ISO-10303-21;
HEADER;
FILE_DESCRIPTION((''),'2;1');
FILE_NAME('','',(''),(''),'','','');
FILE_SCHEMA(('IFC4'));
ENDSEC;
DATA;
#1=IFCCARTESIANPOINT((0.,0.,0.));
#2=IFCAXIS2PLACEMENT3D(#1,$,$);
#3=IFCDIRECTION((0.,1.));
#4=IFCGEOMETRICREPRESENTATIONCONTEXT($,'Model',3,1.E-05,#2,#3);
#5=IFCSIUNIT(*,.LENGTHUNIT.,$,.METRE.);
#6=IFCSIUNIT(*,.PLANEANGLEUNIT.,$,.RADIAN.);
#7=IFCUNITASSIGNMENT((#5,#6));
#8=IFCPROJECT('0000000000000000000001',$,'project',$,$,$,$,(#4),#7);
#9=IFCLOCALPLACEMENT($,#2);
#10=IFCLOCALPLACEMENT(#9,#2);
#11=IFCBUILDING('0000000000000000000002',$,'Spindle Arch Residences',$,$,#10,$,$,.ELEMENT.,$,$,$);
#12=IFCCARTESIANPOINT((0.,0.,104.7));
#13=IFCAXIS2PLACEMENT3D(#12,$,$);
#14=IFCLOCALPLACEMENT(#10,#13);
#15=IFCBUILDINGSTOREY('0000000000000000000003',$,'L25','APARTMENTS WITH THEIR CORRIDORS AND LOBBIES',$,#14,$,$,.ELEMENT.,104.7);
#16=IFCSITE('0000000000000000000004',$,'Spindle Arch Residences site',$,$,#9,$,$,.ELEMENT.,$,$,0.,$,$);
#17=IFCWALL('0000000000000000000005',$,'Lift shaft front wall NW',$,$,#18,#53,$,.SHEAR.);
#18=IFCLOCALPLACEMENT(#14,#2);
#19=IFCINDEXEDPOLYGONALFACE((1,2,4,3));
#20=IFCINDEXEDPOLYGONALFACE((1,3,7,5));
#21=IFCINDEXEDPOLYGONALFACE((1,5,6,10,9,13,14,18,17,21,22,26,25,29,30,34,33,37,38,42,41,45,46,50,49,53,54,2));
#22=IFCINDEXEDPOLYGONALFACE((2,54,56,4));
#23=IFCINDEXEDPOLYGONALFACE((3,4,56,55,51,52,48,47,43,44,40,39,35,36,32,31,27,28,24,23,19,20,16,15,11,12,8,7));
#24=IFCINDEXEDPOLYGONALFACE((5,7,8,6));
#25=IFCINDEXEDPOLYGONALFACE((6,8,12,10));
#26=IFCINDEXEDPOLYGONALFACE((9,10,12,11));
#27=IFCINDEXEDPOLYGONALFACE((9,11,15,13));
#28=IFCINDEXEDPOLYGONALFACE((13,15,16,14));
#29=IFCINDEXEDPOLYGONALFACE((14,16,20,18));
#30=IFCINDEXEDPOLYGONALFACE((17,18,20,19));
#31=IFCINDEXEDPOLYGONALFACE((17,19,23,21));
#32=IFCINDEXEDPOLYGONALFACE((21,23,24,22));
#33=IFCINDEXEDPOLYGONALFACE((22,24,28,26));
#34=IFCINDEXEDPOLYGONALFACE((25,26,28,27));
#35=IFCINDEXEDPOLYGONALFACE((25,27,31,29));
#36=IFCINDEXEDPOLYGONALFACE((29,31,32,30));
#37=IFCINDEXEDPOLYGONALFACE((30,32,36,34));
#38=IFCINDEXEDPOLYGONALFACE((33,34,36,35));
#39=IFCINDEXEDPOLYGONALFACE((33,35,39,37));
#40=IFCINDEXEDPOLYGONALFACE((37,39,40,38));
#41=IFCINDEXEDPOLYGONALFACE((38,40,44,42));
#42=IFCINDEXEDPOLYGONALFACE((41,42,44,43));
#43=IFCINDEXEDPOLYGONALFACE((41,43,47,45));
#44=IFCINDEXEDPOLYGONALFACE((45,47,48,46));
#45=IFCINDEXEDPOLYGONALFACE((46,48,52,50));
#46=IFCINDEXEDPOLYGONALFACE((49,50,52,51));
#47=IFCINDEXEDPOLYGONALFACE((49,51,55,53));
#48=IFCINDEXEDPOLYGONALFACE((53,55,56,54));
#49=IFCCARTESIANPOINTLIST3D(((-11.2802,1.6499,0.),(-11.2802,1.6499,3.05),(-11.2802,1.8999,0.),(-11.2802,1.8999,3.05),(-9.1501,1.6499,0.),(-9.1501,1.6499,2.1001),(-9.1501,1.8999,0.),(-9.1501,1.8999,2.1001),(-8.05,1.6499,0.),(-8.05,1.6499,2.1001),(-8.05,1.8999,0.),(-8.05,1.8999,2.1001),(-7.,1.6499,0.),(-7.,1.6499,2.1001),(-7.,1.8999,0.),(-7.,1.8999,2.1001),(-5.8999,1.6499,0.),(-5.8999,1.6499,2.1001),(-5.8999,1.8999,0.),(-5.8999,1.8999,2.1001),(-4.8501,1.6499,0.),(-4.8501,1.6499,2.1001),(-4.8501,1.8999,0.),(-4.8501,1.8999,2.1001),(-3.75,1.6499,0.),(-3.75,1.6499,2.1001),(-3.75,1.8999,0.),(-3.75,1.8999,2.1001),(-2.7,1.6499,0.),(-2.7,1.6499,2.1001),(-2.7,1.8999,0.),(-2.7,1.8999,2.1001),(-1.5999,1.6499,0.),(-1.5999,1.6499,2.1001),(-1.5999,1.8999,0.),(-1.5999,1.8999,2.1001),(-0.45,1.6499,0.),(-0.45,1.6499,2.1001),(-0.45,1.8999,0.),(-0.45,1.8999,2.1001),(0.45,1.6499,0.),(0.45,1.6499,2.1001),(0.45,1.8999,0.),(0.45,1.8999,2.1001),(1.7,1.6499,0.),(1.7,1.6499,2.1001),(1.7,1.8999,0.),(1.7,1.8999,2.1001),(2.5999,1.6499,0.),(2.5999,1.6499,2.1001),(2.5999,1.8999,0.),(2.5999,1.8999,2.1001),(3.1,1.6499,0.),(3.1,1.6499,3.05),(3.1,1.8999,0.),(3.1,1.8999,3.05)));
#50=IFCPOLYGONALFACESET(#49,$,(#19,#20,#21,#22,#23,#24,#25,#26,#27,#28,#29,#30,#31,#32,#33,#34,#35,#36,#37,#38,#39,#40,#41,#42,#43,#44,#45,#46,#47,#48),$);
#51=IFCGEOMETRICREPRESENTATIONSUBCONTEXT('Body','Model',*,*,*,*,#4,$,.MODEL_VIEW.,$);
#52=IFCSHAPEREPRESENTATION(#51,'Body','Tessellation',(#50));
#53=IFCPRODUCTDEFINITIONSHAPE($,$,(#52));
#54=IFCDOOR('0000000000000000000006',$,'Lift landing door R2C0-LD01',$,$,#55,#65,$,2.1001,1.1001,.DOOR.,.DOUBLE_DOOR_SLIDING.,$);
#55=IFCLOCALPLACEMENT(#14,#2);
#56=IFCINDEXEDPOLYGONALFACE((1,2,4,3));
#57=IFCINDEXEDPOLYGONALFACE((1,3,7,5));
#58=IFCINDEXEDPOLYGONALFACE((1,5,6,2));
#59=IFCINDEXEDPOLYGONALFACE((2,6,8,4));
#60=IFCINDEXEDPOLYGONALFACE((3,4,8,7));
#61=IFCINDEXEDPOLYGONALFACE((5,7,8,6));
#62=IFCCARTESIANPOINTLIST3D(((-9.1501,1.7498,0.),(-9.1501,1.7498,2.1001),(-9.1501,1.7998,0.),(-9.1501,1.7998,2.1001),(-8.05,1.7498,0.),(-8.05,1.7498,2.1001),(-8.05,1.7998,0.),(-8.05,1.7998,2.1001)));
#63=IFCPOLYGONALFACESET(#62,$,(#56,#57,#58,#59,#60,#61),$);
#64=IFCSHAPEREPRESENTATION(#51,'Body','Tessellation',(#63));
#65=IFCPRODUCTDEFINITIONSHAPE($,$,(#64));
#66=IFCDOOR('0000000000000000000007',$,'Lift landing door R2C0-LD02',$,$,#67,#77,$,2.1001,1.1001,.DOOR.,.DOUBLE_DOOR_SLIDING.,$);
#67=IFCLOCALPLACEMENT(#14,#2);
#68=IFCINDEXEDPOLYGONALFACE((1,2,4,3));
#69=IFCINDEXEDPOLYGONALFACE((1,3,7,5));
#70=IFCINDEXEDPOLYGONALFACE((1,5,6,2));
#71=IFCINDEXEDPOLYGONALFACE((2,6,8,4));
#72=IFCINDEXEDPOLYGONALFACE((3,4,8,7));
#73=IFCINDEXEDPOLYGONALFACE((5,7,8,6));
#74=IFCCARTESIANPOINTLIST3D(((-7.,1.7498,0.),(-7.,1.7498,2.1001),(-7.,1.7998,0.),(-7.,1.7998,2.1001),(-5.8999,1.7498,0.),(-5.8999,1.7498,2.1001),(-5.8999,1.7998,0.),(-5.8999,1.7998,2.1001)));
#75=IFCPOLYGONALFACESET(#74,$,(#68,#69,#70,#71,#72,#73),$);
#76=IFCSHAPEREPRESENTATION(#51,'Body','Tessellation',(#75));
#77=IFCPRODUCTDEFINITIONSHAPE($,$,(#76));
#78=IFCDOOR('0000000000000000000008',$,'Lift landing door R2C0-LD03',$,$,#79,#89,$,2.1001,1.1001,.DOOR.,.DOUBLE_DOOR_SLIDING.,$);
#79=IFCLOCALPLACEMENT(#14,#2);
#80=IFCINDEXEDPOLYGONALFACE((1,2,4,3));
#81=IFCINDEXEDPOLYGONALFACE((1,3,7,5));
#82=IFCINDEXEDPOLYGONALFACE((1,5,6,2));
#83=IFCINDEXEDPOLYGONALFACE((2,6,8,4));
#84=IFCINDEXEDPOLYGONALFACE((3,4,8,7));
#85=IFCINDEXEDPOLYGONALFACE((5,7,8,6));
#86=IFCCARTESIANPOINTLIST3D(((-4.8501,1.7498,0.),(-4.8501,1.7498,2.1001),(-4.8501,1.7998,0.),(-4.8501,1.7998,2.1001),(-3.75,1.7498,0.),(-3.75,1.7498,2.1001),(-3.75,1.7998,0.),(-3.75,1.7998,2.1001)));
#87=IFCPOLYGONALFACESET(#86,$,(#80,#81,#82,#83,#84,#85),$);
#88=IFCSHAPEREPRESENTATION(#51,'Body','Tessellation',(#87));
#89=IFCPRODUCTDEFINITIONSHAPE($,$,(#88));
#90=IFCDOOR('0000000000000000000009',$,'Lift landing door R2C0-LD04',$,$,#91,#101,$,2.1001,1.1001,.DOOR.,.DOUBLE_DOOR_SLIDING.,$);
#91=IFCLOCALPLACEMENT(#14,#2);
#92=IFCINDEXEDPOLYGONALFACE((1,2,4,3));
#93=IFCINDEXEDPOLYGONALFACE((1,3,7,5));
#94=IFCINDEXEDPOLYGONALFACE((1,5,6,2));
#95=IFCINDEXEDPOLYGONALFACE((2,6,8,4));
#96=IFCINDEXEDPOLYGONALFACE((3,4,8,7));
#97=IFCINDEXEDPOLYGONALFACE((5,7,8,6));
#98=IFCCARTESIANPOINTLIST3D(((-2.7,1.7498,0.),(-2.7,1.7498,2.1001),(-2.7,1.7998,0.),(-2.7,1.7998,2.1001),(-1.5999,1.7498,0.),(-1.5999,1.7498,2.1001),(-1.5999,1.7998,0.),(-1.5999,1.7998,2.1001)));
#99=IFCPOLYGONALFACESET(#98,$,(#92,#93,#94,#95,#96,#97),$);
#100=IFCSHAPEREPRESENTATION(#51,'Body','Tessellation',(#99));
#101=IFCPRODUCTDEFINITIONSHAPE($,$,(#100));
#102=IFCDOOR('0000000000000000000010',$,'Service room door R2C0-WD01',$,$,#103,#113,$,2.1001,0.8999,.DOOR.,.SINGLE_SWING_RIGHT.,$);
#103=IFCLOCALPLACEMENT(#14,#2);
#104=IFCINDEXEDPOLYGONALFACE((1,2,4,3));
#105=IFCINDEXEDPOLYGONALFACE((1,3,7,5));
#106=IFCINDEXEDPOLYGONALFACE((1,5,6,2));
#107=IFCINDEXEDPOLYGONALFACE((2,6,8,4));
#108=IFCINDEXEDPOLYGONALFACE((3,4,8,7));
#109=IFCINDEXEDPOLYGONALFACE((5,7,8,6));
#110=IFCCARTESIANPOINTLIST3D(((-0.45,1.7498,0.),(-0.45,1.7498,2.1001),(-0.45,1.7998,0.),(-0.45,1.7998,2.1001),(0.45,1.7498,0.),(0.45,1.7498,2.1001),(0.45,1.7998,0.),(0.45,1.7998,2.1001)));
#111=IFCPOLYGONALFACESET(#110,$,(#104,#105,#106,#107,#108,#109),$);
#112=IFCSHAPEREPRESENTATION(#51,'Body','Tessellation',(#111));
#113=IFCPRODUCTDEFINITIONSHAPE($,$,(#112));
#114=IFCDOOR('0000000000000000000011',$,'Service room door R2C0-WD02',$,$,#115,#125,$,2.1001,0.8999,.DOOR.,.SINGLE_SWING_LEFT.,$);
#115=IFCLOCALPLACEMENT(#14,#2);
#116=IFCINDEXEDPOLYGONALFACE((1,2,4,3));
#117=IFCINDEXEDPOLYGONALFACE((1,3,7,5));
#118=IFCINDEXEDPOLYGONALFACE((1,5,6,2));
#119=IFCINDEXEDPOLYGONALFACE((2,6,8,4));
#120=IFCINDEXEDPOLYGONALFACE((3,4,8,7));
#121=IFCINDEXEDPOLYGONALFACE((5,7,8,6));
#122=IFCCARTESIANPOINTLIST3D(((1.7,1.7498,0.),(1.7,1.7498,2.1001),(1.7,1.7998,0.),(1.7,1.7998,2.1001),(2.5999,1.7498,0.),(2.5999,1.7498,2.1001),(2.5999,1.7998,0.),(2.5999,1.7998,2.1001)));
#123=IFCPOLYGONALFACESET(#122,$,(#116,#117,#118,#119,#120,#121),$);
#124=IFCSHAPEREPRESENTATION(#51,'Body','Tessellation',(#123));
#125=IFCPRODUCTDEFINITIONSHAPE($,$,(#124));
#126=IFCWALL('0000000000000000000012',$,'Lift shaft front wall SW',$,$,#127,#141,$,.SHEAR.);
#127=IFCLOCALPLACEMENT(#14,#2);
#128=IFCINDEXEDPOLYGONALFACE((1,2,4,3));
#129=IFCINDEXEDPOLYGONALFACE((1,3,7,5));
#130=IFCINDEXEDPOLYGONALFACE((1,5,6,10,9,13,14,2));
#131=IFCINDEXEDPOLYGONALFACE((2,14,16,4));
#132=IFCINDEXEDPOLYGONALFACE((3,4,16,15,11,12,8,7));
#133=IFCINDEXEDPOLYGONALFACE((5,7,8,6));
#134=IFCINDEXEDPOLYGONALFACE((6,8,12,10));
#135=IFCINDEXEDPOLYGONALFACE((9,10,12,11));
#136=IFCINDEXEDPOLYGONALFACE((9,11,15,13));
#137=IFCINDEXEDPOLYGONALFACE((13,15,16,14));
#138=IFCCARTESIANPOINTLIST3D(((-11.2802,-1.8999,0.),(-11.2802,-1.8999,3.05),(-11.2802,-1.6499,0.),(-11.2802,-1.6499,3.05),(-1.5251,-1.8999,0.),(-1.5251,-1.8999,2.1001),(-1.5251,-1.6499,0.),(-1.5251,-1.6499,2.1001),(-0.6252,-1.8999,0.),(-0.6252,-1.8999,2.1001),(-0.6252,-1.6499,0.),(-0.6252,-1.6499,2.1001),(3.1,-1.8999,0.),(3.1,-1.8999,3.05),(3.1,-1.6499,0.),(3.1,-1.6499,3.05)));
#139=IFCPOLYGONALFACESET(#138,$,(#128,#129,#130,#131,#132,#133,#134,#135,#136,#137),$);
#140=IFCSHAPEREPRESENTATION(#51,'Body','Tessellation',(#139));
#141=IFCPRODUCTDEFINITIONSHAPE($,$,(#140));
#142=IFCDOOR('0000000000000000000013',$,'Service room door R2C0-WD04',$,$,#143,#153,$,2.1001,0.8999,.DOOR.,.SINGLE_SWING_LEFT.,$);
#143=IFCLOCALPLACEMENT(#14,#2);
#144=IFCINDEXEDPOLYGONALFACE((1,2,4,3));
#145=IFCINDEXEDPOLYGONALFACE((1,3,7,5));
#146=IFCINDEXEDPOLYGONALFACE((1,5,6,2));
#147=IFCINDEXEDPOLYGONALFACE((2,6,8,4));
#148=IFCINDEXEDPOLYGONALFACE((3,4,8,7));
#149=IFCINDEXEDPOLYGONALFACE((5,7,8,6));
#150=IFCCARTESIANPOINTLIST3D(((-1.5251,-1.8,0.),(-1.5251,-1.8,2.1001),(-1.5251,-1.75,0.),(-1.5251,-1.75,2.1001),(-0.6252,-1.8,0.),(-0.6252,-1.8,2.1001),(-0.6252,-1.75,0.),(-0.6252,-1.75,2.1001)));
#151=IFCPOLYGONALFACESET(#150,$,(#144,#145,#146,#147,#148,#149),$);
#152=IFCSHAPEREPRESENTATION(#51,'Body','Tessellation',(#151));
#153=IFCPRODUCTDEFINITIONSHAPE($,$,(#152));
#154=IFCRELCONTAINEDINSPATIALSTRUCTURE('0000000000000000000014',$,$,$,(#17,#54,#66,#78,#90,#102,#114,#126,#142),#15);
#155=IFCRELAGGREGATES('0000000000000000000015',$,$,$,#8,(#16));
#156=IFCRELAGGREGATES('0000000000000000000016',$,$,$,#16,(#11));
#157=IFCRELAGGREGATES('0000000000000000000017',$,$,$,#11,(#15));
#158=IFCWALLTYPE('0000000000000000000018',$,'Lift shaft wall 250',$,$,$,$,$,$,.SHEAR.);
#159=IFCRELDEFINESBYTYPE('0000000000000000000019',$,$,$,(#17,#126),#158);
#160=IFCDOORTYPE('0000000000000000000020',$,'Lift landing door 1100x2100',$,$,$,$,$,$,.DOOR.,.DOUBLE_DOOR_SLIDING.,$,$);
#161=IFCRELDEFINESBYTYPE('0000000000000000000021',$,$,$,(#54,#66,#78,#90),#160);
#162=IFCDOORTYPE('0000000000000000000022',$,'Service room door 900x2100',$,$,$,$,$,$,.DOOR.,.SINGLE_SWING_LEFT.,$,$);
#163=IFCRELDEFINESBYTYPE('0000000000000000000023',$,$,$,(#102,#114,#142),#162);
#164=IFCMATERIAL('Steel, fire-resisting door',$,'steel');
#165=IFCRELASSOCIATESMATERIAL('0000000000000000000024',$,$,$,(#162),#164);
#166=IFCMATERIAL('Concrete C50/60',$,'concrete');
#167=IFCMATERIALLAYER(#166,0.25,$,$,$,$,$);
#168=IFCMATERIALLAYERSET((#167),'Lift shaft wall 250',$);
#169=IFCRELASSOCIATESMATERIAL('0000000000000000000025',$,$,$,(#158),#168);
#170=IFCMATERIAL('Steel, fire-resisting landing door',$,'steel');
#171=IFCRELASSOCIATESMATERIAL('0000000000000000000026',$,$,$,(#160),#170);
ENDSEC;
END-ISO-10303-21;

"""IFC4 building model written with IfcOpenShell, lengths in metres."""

from ifc_helpers import new_model, si_unit, direction, frame, frame_2d, origin, place, context, subcontext, project, spatial, rectangle, extrude, material, layer, layer_set, type_object, element, fill, save


model = new_model("IFC4")

# Units and contexts
model_context = context("Model", 3, precision=1e-05, world=origin(), true_north=direction((0.0, 1.0)))
body_context = subcontext(model_context, "Body", "Model", "MODEL_VIEW")
ifc_project = project(units=[si_unit("LENGTHUNIT", "METRE"), si_unit("PLANEANGLEUNIT", "RADIAN")], contexts=[model_context])

# Site, building, storey
site_placement = place(None, origin())
site = spatial("IfcSite", under=ifc_project, at=site_placement, Name="Spindle Arch Residences site", CompositionType="ELEMENT", RefElevation=0.0)
building_placement = place(site_placement, origin())
building = spatial("IfcBuilding", under=site, at=building_placement, Name="Spindle Arch Residences", CompositionType="ELEMENT")
storey_placement = place(building_placement, frame((0.0, 0.0, 104.7)))
storey = spatial("IfcBuildingStorey", under=building, at=storey_placement, Name="L25", Description="APARTMENTS WITH THEIR CORRIDORS AND LOBBIES", CompositionType="ELEMENT", Elevation=104.7)

# Shared definitions
ifc_material_1 = material(Name="Steel, fire-resisting door", Category="steel")
door_type_1 = type_object("IfcDoorType", Name="Service room door 900x2100", OperationType="SINGLE_SWING_LEFT", PredefinedType="DOOR", material=ifc_material_1)

# Wall, openings, doors
ifc_material_2 = material(Name="Concrete C50/60", Category="concrete")
ifc_layer_1 = layer(ifc_material_2, 0.25)
ifc_layer_set_1 = layer_set([ifc_layer_1], Name="Lift shaft wall 250")
wall_type_1 = type_object("IfcWallType", Name="Lift shaft wall 250", PredefinedType="SHEAR", material=ifc_layer_set_1)
wall_1_placement = place(storey_placement, frame((-11.28, 1.7749, 0.0), z_axis=(0.0, 0.0, 1.0), x_axis=(1.0, 0.0, 0.0)))
wall_1 = element("IfcWall", 1, at=wall_1_placement, inside=storey, type_object=wall_type_1, Name="Lift shaft front wall NW", PredefinedType="SHEAR", context=body_context, shape_type="SweptSolid", body=[
    extrude(rectangle(XDim=14.3801, YDim=0.25, at=frame_2d((7.1899, 0.0))), origin(), (0.0, 0.0, 1.0), 3.05),
])
opening_1_placement = place(wall_1_placement, frame((2.1299, 0.0, 0.0)))
opening_1 = element("IfcOpeningElement", 2, at=opening_1_placement, cuts=wall_1, PredefinedType="OPENING", context=body_context, shape_type="SweptSolid", body=[
    extrude(rectangle(XDim=1.1001, YDim=2.1001, at=frame_2d((0.55, 1.05))), frame((0.0, 0.135, 0.0), z_axis=(0.0, -1.0, 0.0), x_axis=(1.0, 0.0, 0.0)), (0.0, 0.0, 1.0), 0.27),
])
opening_2_placement = place(wall_1_placement, frame((4.28, 0.0, 0.0)))
opening_2 = element("IfcOpeningElement", 3, at=opening_2_placement, cuts=wall_1, PredefinedType="OPENING", context=body_context, shape_type="SweptSolid", body=[
    extrude(rectangle(XDim=1.1001, YDim=2.1001, at=frame_2d((0.55, 1.05))), frame((0.0, 0.135, 0.0), z_axis=(0.0, -1.0, 0.0), x_axis=(1.0, 0.0, 0.0)), (0.0, 0.0, 1.0), 0.27),
])
opening_3_placement = place(wall_1_placement, frame((6.4299, 0.0, 0.0)))
opening_3 = element("IfcOpeningElement", 4, at=opening_3_placement, cuts=wall_1, PredefinedType="OPENING", context=body_context, shape_type="SweptSolid", body=[
    extrude(rectangle(XDim=1.1001, YDim=2.1001, at=frame_2d((0.55, 1.05))), frame((0.0, 0.135, 0.0), z_axis=(0.0, -1.0, 0.0), x_axis=(1.0, 0.0, 0.0)), (0.0, 0.0, 1.0), 0.27),
])
opening_4_placement = place(wall_1_placement, frame((8.5801, 0.0, 0.0)))
opening_4 = element("IfcOpeningElement", 5, at=opening_4_placement, cuts=wall_1, PredefinedType="OPENING", context=body_context, shape_type="SweptSolid", body=[
    extrude(rectangle(XDim=1.1001, YDim=2.1001, at=frame_2d((0.55, 1.05))), frame((0.0, 0.135, 0.0), z_axis=(0.0, -1.0, 0.0), x_axis=(1.0, 0.0, 0.0)), (0.0, 0.0, 1.0), 0.27),
])
opening_5_placement = place(wall_1_placement, frame((10.8301, 0.0, 0.0)))
opening_5 = element("IfcOpeningElement", 6, at=opening_5_placement, cuts=wall_1, PredefinedType="OPENING", context=body_context, shape_type="SweptSolid", body=[
    extrude(rectangle(XDim=0.8999, YDim=2.1001, at=frame_2d((0.45, 1.05))), frame((0.0, 0.135, 0.0), z_axis=(0.0, -1.0, 0.0), x_axis=(1.0, 0.0, 0.0)), (0.0, 0.0, 1.0), 0.27),
])
opening_6_placement = place(wall_1_placement, frame((12.98, 0.0, 0.0)))
opening_6 = element("IfcOpeningElement", 7, at=opening_6_placement, cuts=wall_1, PredefinedType="OPENING", context=body_context, shape_type="SweptSolid", body=[
    extrude(rectangle(XDim=0.8999, YDim=2.1001, at=frame_2d((0.45, 1.05))), frame((0.0, 0.135, 0.0), z_axis=(0.0, -1.0, 0.0), x_axis=(1.0, 0.0, 0.0)), (0.0, 0.0, 1.0), 0.27),
])
ifc_material_3 = material(Name="Steel, fire-resisting landing door", Category="steel")
door_type_2 = type_object("IfcDoorType", Name="Lift landing door 1100x2100", OperationType="DOUBLE_DOOR_SLIDING", PredefinedType="DOOR", material=ifc_material_3)
door_1_placement = place(opening_1_placement, origin())
door_1 = element("IfcDoor", 8, at=door_1_placement, inside=storey, type_object=door_type_2, Name="Lift landing door R2C0-LD01", OperationType="DOUBLE_DOOR_SLIDING", OverallHeight=2.1001, OverallWidth=1.1001, PredefinedType="DOOR", context=body_context, shape_type="SweptSolid", body=[
    extrude(rectangle(XDim=1.1001, YDim=2.1001, at=frame_2d((0.55, 1.05))), frame((0.0, 0.0249, 0.0), z_axis=(0.0, -1.0, 0.0), x_axis=(1.0, 0.0, 0.0)), (0.0, 0.0, 1.0), 0.05),
])
fill(opening_1, door_1)
door_2_placement = place(opening_2_placement, origin())
door_2 = element("IfcDoor", 9, at=door_2_placement, inside=storey, type_object=door_type_2, Name="Lift landing door R2C0-LD02", OperationType="DOUBLE_DOOR_SLIDING", OverallHeight=2.1001, OverallWidth=1.1001, PredefinedType="DOOR", context=body_context, shape_type="SweptSolid", body=[
    extrude(rectangle(XDim=1.1001, YDim=2.1001, at=frame_2d((0.55, 1.05))), frame((0.0, 0.0249, 0.0), z_axis=(0.0, -1.0, 0.0), x_axis=(1.0, 0.0, 0.0)), (0.0, 0.0, 1.0), 0.05),
])
fill(opening_2, door_2)
door_3_placement = place(opening_3_placement, origin())
door_3 = element("IfcDoor", 10, at=door_3_placement, inside=storey, type_object=door_type_2, Name="Lift landing door R2C0-LD03", OperationType="DOUBLE_DOOR_SLIDING", OverallHeight=2.1001, OverallWidth=1.1001, PredefinedType="DOOR", context=body_context, shape_type="SweptSolid", body=[
    extrude(rectangle(XDim=1.1001, YDim=2.1001, at=frame_2d((0.55, 1.05))), frame((0.0, 0.0249, 0.0), z_axis=(0.0, -1.0, 0.0), x_axis=(1.0, 0.0, 0.0)), (0.0, 0.0, 1.0), 0.05),
])
fill(opening_3, door_3)
door_4_placement = place(opening_4_placement, origin())
door_4 = element("IfcDoor", 11, at=door_4_placement, inside=storey, type_object=door_type_2, Name="Lift landing door R2C0-LD04", OperationType="DOUBLE_DOOR_SLIDING", OverallHeight=2.1001, OverallWidth=1.1001, PredefinedType="DOOR", context=body_context, shape_type="SweptSolid", body=[
    extrude(rectangle(XDim=1.1001, YDim=2.1001, at=frame_2d((0.55, 1.05))), frame((0.0, 0.0249, 0.0), z_axis=(0.0, -1.0, 0.0), x_axis=(1.0, 0.0, 0.0)), (0.0, 0.0, 1.0), 0.05),
])
fill(opening_4, door_4)
door_5_placement = place(opening_5_placement, origin())
door_5 = element("IfcDoor", 12, at=door_5_placement, inside=storey, type_object=door_type_1, Name="Service room door R2C0-WD01", OperationType="SINGLE_SWING_RIGHT", OverallHeight=2.1001, OverallWidth=0.8999, PredefinedType="DOOR", context=body_context, shape_type="SweptSolid", body=[
    extrude(rectangle(XDim=0.8999, YDim=2.1001, at=frame_2d((0.45, 1.05))), frame((0.0, 0.0249, 0.0), z_axis=(0.0, -1.0, 0.0), x_axis=(1.0, 0.0, 0.0)), (0.0, 0.0, 1.0), 0.05),
])
fill(opening_5, door_5)
door_6_placement = place(opening_6_placement, origin())
door_6 = element("IfcDoor", 13, at=door_6_placement, inside=storey, type_object=door_type_1, Name="Service room door R2C0-WD02", OperationType="SINGLE_SWING_LEFT", OverallHeight=2.1001, OverallWidth=0.8999, PredefinedType="DOOR", context=body_context, shape_type="SweptSolid", body=[
    extrude(rectangle(XDim=0.8999, YDim=2.1001, at=frame_2d((0.45, 1.05))), frame((0.0, 0.0249, 0.0), z_axis=(0.0, -1.0, 0.0), x_axis=(1.0, 0.0, 0.0)), (0.0, 0.0, 1.0), 0.05),
])
fill(opening_6, door_6)

# Wall, opening, door
wall_2_placement = place(storey_placement, frame((-11.28, -1.7749, 0.0), z_axis=(0.0, 0.0, 1.0), x_axis=(1.0, 0.0, 0.0)))
wall_2 = element("IfcWall", 14, at=wall_2_placement, inside=storey, type_object=wall_type_1, Name="Lift shaft front wall SW", PredefinedType="SHEAR", context=body_context, shape_type="SweptSolid", body=[
    extrude(rectangle(XDim=14.3801, YDim=0.25, at=frame_2d((7.1899, 0.0))), origin(), (0.0, 0.0, 1.0), 3.05),
])
opening_7_placement = place(wall_2_placement, frame((9.7549, 0.0, 0.0)))
opening_7 = element("IfcOpeningElement", 15, at=opening_7_placement, cuts=wall_2, PredefinedType="OPENING", context=body_context, shape_type="SweptSolid", body=[
    extrude(rectangle(XDim=0.8999, YDim=2.1001, at=frame_2d((0.45, 1.05))), frame((0.0, 0.135, 0.0), z_axis=(0.0, -1.0, 0.0), x_axis=(1.0, 0.0, 0.0)), (0.0, 0.0, 1.0), 0.27),
])
door_7_placement = place(opening_7_placement, origin())
door_7 = element("IfcDoor", 16, at=door_7_placement, inside=storey, type_object=door_type_1, Name="Service room door R2C0-WD04", OperationType="SINGLE_SWING_LEFT", OverallHeight=2.1001, OverallWidth=0.8999, PredefinedType="DOOR", context=body_context, shape_type="SweptSolid", body=[
    extrude(rectangle(XDim=0.8999, YDim=2.1001, at=frame_2d((0.45, 1.05))), frame((0.0, 0.0249, 0.0), z_axis=(0.0, -1.0, 0.0), x_axis=(1.0, 0.0, 0.0)), (0.0, 0.0, 1.0), 0.05),
])
fill(opening_7, door_7)

save(model, "model.ifc")
